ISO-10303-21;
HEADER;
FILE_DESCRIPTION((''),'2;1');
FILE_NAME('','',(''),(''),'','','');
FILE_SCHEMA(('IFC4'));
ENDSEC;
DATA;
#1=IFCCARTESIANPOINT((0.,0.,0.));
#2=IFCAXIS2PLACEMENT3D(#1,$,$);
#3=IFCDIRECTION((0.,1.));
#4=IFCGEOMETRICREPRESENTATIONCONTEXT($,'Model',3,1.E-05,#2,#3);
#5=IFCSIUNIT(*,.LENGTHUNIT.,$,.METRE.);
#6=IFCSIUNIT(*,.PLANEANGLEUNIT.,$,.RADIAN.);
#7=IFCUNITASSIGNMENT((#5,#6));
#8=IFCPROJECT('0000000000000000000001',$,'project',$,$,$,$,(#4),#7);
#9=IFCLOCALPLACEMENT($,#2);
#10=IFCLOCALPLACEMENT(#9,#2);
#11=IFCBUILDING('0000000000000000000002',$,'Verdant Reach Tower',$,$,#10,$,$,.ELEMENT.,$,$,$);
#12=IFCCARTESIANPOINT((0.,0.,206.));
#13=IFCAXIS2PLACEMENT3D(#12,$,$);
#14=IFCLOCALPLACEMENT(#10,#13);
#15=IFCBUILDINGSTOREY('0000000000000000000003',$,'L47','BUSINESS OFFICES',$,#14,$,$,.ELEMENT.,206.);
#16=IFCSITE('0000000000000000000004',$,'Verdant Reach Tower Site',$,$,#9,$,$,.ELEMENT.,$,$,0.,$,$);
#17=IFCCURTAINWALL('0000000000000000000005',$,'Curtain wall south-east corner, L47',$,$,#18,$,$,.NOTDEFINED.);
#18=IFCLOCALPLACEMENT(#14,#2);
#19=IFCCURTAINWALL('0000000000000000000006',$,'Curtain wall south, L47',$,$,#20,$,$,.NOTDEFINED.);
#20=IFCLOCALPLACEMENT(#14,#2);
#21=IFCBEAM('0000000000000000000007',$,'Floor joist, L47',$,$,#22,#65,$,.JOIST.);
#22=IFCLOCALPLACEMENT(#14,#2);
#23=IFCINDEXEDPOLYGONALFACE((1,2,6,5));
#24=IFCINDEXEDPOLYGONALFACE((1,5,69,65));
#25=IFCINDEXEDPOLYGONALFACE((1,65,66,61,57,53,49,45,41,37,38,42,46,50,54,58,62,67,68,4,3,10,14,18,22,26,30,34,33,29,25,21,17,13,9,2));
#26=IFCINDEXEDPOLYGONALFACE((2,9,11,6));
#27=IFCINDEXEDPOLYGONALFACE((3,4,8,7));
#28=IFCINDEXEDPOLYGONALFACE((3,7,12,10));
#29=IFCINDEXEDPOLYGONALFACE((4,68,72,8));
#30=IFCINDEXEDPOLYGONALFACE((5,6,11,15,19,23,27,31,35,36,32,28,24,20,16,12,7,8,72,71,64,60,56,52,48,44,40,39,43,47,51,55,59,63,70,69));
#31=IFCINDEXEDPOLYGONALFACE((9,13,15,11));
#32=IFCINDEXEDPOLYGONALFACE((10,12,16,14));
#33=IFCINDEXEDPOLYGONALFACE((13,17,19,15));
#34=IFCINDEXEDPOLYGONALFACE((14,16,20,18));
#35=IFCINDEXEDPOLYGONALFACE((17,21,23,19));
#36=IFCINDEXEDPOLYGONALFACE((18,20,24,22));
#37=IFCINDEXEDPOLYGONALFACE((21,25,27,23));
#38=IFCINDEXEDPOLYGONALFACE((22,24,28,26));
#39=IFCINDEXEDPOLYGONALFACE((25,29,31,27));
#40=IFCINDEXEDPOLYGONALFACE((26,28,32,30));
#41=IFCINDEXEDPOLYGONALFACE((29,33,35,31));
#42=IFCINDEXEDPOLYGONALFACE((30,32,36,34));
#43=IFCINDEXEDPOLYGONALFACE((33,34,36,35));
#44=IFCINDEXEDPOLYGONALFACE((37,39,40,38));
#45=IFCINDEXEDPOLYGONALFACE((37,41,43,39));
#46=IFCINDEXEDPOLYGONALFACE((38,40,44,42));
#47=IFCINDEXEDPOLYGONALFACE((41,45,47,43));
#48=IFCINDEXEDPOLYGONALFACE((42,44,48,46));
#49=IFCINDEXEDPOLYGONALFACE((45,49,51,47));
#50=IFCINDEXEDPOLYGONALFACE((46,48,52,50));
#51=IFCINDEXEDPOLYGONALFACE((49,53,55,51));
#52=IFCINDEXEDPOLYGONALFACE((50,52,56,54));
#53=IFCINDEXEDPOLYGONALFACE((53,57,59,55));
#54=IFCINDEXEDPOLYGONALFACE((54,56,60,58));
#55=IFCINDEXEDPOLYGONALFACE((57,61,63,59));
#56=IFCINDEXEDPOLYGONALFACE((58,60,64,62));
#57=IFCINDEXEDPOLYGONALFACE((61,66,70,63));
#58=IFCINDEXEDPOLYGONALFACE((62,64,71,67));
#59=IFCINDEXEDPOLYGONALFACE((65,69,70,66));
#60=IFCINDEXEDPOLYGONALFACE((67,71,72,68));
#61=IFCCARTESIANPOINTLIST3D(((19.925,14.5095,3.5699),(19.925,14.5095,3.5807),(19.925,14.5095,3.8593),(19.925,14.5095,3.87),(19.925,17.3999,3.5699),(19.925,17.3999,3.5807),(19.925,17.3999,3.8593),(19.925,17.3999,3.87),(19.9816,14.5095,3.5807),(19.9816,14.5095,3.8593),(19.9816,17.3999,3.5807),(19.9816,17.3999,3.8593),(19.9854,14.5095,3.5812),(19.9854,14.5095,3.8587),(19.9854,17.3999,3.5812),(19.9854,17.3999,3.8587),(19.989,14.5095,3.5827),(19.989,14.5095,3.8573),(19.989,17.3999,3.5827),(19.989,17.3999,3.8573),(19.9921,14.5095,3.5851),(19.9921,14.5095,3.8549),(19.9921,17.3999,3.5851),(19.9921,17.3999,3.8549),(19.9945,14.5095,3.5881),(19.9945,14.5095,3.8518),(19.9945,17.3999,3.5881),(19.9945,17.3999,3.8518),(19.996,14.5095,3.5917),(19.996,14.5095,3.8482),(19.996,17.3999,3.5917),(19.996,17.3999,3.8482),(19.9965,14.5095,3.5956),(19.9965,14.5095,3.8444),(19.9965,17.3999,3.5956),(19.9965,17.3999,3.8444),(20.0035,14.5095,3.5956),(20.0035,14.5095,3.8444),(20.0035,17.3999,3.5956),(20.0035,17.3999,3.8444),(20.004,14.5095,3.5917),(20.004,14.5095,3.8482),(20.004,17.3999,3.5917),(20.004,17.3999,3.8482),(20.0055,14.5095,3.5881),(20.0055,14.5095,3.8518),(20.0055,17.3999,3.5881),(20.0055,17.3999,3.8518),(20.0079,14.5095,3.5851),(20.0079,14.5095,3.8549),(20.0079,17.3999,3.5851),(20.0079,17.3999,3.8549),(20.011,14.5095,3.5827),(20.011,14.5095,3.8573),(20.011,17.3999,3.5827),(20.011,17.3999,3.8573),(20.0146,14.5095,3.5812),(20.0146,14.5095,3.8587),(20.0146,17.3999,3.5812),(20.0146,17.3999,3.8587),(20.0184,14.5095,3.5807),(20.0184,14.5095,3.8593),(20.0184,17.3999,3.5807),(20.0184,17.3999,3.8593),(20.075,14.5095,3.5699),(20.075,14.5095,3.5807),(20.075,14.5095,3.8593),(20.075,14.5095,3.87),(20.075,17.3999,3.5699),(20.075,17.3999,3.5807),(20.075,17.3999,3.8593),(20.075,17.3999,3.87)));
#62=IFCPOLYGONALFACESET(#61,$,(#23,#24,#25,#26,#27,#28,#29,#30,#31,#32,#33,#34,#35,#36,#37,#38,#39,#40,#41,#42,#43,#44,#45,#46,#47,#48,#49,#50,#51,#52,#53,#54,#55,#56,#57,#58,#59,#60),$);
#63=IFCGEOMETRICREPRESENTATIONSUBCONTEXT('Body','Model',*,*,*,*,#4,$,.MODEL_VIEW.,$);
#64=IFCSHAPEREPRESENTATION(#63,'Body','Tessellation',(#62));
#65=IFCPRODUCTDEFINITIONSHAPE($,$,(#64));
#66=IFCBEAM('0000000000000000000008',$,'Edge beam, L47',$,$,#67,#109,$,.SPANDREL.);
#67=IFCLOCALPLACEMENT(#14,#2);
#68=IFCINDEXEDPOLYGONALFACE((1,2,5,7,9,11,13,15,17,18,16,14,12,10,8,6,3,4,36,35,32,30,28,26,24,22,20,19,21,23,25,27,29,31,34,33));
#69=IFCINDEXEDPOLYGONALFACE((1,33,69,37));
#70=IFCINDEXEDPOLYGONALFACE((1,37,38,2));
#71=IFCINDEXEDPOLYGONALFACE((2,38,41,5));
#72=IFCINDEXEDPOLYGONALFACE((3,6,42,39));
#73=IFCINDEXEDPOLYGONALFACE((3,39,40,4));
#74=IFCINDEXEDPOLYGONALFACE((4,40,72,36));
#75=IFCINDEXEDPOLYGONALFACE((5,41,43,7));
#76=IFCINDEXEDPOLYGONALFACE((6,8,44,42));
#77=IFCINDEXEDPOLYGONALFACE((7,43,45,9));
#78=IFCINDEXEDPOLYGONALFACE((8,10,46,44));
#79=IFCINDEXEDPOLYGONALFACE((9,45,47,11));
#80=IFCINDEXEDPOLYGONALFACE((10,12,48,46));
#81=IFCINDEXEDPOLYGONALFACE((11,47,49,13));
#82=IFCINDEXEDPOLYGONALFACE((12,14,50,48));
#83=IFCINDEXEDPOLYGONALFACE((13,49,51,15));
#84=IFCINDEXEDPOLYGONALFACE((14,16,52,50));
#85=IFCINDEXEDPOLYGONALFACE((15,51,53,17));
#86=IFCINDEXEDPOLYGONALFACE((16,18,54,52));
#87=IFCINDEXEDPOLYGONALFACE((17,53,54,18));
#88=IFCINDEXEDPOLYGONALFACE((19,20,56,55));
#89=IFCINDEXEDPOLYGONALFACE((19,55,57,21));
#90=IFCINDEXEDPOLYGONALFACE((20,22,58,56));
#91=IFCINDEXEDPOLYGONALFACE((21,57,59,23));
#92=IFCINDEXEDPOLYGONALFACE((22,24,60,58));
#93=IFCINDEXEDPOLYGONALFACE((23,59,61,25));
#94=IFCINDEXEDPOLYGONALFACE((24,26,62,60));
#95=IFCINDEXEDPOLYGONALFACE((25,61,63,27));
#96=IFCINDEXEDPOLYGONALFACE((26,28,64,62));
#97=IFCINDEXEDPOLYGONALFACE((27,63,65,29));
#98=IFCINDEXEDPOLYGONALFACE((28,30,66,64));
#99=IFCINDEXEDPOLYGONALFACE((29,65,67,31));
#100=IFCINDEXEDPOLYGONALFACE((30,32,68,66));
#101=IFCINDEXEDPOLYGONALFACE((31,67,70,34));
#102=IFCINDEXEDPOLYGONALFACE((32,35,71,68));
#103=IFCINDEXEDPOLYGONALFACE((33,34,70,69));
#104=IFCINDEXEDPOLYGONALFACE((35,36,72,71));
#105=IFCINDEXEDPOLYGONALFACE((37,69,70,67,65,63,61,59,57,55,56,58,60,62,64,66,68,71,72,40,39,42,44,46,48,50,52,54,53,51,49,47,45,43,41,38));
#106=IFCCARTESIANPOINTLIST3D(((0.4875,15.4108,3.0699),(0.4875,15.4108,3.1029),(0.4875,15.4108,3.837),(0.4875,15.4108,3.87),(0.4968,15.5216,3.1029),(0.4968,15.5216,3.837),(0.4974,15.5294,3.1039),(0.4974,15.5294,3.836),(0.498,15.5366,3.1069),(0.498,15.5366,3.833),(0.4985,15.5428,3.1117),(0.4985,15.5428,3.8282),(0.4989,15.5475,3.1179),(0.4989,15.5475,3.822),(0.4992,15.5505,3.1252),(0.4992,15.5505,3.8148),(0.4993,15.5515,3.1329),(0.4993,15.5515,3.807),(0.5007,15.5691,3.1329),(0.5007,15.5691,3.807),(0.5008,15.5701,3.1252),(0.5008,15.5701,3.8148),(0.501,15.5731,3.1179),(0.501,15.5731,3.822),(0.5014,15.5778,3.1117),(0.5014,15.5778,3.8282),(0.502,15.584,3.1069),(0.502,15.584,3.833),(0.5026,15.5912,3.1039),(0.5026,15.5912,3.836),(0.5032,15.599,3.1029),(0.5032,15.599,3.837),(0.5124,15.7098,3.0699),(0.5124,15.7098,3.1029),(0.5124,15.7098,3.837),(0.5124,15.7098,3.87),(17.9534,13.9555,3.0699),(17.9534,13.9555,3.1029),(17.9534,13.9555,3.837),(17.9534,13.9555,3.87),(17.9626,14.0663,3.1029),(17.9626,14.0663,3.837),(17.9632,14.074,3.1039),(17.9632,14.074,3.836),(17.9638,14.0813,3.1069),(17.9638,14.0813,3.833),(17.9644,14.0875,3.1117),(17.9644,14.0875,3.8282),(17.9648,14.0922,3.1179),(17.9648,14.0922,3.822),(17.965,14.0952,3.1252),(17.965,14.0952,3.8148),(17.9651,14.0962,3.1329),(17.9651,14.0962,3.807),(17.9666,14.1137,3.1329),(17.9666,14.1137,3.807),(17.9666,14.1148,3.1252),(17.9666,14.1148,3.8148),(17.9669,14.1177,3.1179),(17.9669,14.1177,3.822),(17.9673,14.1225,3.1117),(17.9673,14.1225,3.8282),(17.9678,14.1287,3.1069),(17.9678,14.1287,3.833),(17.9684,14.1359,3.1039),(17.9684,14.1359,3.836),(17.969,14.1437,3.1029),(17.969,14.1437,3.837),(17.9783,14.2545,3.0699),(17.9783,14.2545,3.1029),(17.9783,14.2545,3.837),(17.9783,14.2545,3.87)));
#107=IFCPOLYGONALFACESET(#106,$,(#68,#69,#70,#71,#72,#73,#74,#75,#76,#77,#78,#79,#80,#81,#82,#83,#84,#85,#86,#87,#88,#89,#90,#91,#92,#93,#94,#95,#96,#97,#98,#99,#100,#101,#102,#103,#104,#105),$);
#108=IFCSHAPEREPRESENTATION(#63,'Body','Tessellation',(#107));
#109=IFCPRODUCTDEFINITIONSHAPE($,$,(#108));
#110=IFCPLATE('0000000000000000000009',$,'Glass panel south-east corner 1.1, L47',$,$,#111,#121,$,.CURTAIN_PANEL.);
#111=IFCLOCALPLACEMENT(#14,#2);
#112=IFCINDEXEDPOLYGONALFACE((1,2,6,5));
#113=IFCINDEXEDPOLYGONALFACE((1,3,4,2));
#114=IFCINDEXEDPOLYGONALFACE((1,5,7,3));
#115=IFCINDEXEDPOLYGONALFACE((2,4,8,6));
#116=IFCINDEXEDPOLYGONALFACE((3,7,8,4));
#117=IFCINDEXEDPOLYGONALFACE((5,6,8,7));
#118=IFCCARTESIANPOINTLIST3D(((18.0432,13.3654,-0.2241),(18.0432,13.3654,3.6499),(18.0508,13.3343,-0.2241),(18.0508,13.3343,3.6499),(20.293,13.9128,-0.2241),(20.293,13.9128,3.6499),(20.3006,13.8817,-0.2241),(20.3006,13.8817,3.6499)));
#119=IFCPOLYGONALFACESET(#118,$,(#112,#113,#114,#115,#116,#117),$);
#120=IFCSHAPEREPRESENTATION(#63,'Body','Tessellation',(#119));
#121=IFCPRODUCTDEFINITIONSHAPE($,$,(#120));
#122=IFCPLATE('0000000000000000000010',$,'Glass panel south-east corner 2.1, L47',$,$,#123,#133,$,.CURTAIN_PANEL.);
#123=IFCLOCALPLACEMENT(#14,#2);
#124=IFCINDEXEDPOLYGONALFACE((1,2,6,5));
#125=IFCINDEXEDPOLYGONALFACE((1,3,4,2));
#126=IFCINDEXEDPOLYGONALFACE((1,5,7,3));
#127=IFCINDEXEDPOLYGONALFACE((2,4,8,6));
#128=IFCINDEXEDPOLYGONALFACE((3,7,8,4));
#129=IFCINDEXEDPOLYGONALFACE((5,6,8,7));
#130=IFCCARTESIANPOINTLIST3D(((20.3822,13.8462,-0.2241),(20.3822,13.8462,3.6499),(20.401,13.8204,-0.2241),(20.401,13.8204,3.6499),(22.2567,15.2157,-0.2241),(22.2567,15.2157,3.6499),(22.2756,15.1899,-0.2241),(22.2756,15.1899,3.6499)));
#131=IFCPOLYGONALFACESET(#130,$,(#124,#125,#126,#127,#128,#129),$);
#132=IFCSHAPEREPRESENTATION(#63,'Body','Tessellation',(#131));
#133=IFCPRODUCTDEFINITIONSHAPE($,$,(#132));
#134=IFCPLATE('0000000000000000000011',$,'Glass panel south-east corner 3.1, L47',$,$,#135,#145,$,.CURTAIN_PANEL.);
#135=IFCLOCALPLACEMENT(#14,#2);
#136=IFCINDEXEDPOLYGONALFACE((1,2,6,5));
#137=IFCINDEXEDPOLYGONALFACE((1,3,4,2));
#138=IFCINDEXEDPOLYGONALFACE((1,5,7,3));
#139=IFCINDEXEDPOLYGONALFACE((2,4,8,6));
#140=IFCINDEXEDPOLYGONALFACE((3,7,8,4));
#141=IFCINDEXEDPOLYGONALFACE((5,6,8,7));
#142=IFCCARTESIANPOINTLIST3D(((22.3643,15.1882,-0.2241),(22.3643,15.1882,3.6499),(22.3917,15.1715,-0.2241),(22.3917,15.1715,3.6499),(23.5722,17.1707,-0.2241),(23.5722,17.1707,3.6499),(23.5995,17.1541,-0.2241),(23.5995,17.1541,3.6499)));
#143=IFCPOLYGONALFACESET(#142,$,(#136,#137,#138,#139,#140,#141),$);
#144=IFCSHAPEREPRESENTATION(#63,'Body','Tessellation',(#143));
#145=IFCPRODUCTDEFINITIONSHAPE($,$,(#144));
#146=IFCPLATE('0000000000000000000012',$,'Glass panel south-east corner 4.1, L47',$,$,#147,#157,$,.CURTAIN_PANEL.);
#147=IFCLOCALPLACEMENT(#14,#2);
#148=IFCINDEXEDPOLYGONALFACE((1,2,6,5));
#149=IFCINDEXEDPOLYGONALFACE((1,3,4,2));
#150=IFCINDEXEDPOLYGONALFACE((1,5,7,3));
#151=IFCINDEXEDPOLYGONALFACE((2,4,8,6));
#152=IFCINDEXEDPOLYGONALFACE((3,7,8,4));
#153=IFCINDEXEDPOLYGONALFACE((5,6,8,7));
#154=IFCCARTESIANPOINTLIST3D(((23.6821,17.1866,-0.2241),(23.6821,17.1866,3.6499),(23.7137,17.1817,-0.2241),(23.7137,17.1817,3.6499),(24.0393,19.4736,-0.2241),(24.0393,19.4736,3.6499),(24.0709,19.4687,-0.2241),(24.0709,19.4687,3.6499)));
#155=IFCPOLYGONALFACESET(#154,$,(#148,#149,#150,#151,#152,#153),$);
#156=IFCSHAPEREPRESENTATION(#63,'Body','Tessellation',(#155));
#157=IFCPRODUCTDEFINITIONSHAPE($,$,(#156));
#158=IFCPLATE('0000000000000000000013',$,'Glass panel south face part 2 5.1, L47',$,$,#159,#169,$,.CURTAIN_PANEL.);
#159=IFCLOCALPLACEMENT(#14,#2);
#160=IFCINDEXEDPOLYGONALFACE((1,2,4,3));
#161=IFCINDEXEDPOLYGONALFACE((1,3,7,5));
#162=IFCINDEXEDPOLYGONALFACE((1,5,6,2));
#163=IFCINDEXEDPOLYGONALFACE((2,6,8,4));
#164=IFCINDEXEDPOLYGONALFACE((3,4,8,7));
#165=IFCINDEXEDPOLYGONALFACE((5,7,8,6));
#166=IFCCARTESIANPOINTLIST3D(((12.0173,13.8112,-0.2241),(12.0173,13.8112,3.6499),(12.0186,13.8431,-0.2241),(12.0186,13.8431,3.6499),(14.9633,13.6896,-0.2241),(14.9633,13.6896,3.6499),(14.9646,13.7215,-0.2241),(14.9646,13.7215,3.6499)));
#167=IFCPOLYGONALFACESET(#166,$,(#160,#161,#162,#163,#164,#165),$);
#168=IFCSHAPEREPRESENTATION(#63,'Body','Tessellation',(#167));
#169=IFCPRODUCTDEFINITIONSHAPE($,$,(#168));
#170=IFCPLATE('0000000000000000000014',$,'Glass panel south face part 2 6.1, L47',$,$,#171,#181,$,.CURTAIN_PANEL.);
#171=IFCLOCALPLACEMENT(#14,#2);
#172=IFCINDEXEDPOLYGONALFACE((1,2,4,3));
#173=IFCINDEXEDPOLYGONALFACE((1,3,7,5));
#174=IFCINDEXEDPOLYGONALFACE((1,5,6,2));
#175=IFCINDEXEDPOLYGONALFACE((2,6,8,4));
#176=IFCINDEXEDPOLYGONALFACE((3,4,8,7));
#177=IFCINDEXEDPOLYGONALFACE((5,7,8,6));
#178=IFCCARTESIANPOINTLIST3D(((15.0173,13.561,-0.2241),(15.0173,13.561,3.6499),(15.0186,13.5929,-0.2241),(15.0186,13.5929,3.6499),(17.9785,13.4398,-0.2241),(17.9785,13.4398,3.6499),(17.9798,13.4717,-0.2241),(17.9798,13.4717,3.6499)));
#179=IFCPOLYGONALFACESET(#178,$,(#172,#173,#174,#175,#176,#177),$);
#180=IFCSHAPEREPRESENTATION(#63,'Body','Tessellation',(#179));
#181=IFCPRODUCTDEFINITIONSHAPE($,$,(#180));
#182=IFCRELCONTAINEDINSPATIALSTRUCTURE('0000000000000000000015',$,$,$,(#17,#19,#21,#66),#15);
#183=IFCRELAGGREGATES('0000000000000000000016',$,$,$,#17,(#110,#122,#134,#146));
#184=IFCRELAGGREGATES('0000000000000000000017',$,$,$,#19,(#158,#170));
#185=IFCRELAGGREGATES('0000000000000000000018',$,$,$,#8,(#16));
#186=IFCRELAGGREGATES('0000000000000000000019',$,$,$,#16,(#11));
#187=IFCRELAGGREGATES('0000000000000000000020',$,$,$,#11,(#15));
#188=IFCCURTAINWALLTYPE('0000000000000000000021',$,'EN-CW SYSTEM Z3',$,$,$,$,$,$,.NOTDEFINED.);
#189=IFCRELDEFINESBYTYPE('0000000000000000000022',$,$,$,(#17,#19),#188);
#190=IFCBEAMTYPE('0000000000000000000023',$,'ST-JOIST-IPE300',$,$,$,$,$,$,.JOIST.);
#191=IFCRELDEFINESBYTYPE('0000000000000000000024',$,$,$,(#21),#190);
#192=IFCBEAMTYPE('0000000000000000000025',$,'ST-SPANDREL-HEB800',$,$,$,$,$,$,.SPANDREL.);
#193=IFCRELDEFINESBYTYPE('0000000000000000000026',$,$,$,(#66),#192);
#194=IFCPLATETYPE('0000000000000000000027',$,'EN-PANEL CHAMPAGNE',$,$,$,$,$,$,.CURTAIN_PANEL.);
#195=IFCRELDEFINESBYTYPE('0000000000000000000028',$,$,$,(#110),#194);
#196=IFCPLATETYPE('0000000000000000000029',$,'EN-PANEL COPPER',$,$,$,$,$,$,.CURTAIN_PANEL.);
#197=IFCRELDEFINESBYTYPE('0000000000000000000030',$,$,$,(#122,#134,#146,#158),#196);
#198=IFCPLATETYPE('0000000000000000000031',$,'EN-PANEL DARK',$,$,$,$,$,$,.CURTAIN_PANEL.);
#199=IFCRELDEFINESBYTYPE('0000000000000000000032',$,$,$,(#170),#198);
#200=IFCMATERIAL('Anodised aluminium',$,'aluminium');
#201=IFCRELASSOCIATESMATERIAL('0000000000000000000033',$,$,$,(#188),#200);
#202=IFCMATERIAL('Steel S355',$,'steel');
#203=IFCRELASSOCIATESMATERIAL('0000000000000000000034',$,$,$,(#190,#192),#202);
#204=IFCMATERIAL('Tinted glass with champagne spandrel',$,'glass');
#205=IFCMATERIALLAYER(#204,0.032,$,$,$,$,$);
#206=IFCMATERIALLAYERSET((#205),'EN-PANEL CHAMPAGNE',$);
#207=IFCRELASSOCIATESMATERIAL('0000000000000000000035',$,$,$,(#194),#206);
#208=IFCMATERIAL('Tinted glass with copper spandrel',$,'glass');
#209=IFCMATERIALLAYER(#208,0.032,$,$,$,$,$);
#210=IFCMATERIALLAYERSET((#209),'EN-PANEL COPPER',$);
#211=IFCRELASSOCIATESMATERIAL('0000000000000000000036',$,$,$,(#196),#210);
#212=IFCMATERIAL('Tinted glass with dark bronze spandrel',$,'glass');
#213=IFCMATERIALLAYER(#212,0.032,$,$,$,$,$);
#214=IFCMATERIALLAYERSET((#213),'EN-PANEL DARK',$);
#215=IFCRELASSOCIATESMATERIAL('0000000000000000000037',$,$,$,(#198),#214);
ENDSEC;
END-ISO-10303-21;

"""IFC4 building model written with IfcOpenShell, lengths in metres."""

from ifc_helpers import new_model, si_unit, direction, frame, origin, origin_2d, place, context, subcontext, project, spatial, rectangle, i_section, extrude, material, layer, layer_set, material_profile, profile_set, type_object, element, aggregate, save


model = new_model("IFC4")

# Units and contexts
model_context = context("Model", 3, precision=1e-05, world=origin(), true_north=direction((0.0, 1.0)))
body_context = subcontext(model_context, "Body", "Model", "MODEL_VIEW")
ifc_project = project(units=[si_unit("LENGTHUNIT", "METRE"), si_unit("PLANEANGLEUNIT", "RADIAN")], contexts=[model_context])

# Site, building, storey
site_placement = place(None, origin())
site = spatial("IfcSite", under=ifc_project, at=site_placement, Name="Verdant Reach Tower Site", CompositionType="ELEMENT", RefElevation=0.0)
building_placement = place(site_placement, origin())
building = spatial("IfcBuilding", under=site, at=building_placement, Name="Verdant Reach Tower", CompositionType="ELEMENT")
storey_placement = place(building_placement, frame((0.0, 0.0, 206.0)))
storey = spatial("IfcBuildingStorey", under=building, at=storey_placement, Name="L47", Description="BUSINESS OFFICES", CompositionType="ELEMENT", Elevation=206.0)

# Curtain walls
ifc_material_1 = material(Name="Anodised aluminium", Category="aluminium")
curtain_wall_type = type_object("IfcCurtainWallType", Name="EN-CW SYSTEM Z3", PredefinedType="NOTDEFINED", material=ifc_material_1)
curtain_wall_1_placement = place(storey_placement, origin())
curtain_wall_1 = element("IfcCurtainWall", 1, at=curtain_wall_1_placement, inside=storey, type_object=curtain_wall_type, Name="Curtain wall south-east corner, L47", PredefinedType="NOTDEFINED")
curtain_wall_2_placement = place(storey_placement, origin())
curtain_wall_2 = element("IfcCurtainWall", 2, at=curtain_wall_2_placement, inside=storey, type_object=curtain_wall_type, Name="Curtain wall south, L47", PredefinedType="NOTDEFINED")

# Beams
ifc_material_2 = material(Name="Steel S355", Category="steel")
ifc_material_profile_1 = material_profile(ifc_material_2, i_section(OverallWidth=0.1499, OverallDepth=0.3, WebThickness=0.0071, FlangeThickness=0.0107, FilletRadius=0.0149, at=origin_2d()), Name="IPE 300")
ifc_profile_set_1 = profile_set([ifc_material_profile_1], Name="Steel S355")
beam_type_1 = type_object("IfcBeamType", Name="ST-JOIST-IPE300", PredefinedType="JOIST", material=ifc_profile_set_1)
beam_1_placement = place(storey_placement, frame((20.0, 17.3999, 3.72), z_axis=(0.0, -1.0, 0.0), x_axis=(1.0, 0.0, 0.0)))
element("IfcBeam", 3, at=beam_1_placement, inside=storey, type_object=beam_type_1, Name="Floor joist, L47", PredefinedType="JOIST", context=body_context, shape_type="SweptSolid", body=[
    extrude(i_section(OverallWidth=0.1499, OverallDepth=0.3, WebThickness=0.0071, FlangeThickness=0.0107, FilletRadius=0.0149, at=origin_2d()), origin(), (0.0, 0.0, 1.0), 2.8904),
])
ifc_material_profile_2 = material_profile(ifc_material_2, i_section(OverallWidth=0.3, OverallDepth=0.8, WebThickness=0.0176, FlangeThickness=0.033, FilletRadius=0.03, at=origin_2d()), Name="HEB 800")
ifc_profile_set_2 = profile_set([ifc_material_profile_2], Name="Steel S355")
beam_type_2 = type_object("IfcBeamType", Name="ST-SPANDREL-HEB800", PredefinedType="SPANDREL", material=ifc_profile_set_2)
beam_2_placement = place(storey_placement, frame((17.9658, 14.105, 3.47), z_axis=(-0.996547, 0.083036, 0.0), x_axis=(-0.083036, -0.996547, 0.0)))
element("IfcBeam", 4, at=beam_2_placement, inside=storey, type_object=beam_type_2, Name="Edge beam, L47", PredefinedType="SPANDREL", context=body_context, shape_type="SweptSolid", body=[
    extrude(i_section(OverallWidth=0.3, OverallDepth=0.8, WebThickness=0.0176, FlangeThickness=0.033, FilletRadius=0.03, at=origin_2d()), origin(), (0.0, 0.0, 1.0), 17.5264),
])

# Plates
ifc_material_3 = material(Name="Tinted glass with champagne spandrel", Category="glass")
ifc_layer_1 = layer(ifc_material_3, 0.032)
ifc_layer_set_1 = layer_set([ifc_layer_1], Name="EN-PANEL CHAMPAGNE")
plate_type_1 = type_object("IfcPlateType", Name="EN-PANEL CHAMPAGNE", PredefinedType="CURTAIN_PANEL", material=ifc_layer_set_1)
plate_1_placement = place(storey_placement, frame((19.1719, 13.6235, -0.2241), z_axis=(0.0, 0.0, 1.0), x_axis=(0.971655, 0.236403, 0.0)))
plate_1 = element("IfcPlate", 5, at=plate_1_placement, type_object=plate_type_1, Name="Glass panel south-east corner 1.1, L47", PredefinedType="CURTAIN_PANEL", context=body_context, shape_type="SweptSolid", body=[
    extrude(rectangle(XDim=2.3154, YDim=0.032, at=origin_2d()), origin(), (0.0, 0.0, 1.0), 3.874),
])
ifc_material_4 = material(Name="Tinted glass with copper spandrel", Category="glass")
ifc_layer_2 = layer(ifc_material_4, 0.032)
ifc_layer_set_2 = layer_set([ifc_layer_2], Name="EN-PANEL COPPER")
plate_type_2 = type_object("IfcPlateType", Name="EN-PANEL COPPER", PredefinedType="CURTAIN_PANEL", material=ifc_layer_set_2)
plate_2_placement = place(storey_placement, frame((21.3289, 14.5181, -0.2241), z_axis=(0.0, 0.0, 1.0), x_axis=(0.807457, 0.589927, 0.0)))
plate_2 = element("IfcPlate", 6, at=plate_2_placement, type_object=plate_type_2, Name="Glass panel south-east corner 2.1, L47", PredefinedType="CURTAIN_PANEL", context=body_context, shape_type="SweptSolid", body=[
    extrude(rectangle(XDim=2.3215, YDim=0.032, at=origin_2d()), origin(), (0.0, 0.0, 1.0), 3.874),
])
plate_3_placement = place(storey_placement, frame((22.9819, 16.1711, -0.2241), z_axis=(0.0, 0.0, 1.0), x_axis=(0.520292, 0.853989, 0.0)))
plate_3 = element("IfcPlate", 7, at=plate_3_placement, type_object=plate_type_2, Name="Glass panel south-east corner 3.1, L47", PredefinedType="CURTAIN_PANEL", context=body_context, shape_type="SweptSolid", body=[
    extrude(rectangle(XDim=2.3215, YDim=0.032, at=origin_2d()), origin(), (0.0, 0.0, 1.0), 3.874),
])
plate_4_placement = place(storey_placement, frame((23.8765, 18.3276, -0.2241), z_axis=(0.0, 0.0, 1.0), x_axis=(0.154312, 0.988022, 0.0)))
plate_4 = element("IfcPlate", 8, at=plate_4_placement, type_object=plate_type_2, Name="Glass panel south-east corner 4.1, L47", PredefinedType="CURTAIN_PANEL", context=body_context, shape_type="SweptSolid", body=[
    extrude(rectangle(XDim=2.3147, YDim=0.032, at=origin_2d()), origin(), (0.0, 0.0, 1.0), 3.874),
])
aggregate(curtain_wall_1, [plate_1, plate_2, plate_3, plate_4])
plate_5_placement = place(storey_placement, frame((13.491, 13.7664, -0.2241), z_axis=(0.0, 0.0, 1.0), x_axis=(0.999149, -0.041242, 0.0)))
plate_5 = element("IfcPlate", 9, at=plate_5_placement, type_object=plate_type_2, Name="Glass panel south face part 2 5.1, L47", PredefinedType="CURTAIN_PANEL", context=body_context, shape_type="SweptSolid", body=[
    extrude(rectangle(XDim=2.9485, YDim=0.032, at=origin_2d()), origin(), (0.0, 0.0, 1.0), 3.874),
])
ifc_material_5 = material(Name="Tinted glass with dark bronze spandrel", Category="glass")
ifc_layer_3 = layer(ifc_material_5, 0.032)
ifc_layer_set_3 = layer_set([ifc_layer_3], Name="EN-PANEL DARK")
plate_type_3 = type_object("IfcPlateType", Name="EN-PANEL DARK", PredefinedType="CURTAIN_PANEL", material=ifc_layer_set_3)
plate_6_placement = place(storey_placement, frame((16.4985, 13.5164, -0.2241), z_axis=(0.0, 0.0, 1.0), x_axis=(0.999164, -0.040891, 0.0)))
plate_6 = element("IfcPlate", 10, at=plate_6_placement, type_object=plate_type_3, Name="Glass panel south face part 2 6.1, L47", PredefinedType="CURTAIN_PANEL", context=body_context, shape_type="SweptSolid", body=[
    extrude(rectangle(XDim=2.9636, YDim=0.032, at=origin_2d()), origin(), (0.0, 0.0, 1.0), 3.874),
])
aggregate(curtain_wall_2, [plate_5, plate_6])

save(model, "model.ifc")
